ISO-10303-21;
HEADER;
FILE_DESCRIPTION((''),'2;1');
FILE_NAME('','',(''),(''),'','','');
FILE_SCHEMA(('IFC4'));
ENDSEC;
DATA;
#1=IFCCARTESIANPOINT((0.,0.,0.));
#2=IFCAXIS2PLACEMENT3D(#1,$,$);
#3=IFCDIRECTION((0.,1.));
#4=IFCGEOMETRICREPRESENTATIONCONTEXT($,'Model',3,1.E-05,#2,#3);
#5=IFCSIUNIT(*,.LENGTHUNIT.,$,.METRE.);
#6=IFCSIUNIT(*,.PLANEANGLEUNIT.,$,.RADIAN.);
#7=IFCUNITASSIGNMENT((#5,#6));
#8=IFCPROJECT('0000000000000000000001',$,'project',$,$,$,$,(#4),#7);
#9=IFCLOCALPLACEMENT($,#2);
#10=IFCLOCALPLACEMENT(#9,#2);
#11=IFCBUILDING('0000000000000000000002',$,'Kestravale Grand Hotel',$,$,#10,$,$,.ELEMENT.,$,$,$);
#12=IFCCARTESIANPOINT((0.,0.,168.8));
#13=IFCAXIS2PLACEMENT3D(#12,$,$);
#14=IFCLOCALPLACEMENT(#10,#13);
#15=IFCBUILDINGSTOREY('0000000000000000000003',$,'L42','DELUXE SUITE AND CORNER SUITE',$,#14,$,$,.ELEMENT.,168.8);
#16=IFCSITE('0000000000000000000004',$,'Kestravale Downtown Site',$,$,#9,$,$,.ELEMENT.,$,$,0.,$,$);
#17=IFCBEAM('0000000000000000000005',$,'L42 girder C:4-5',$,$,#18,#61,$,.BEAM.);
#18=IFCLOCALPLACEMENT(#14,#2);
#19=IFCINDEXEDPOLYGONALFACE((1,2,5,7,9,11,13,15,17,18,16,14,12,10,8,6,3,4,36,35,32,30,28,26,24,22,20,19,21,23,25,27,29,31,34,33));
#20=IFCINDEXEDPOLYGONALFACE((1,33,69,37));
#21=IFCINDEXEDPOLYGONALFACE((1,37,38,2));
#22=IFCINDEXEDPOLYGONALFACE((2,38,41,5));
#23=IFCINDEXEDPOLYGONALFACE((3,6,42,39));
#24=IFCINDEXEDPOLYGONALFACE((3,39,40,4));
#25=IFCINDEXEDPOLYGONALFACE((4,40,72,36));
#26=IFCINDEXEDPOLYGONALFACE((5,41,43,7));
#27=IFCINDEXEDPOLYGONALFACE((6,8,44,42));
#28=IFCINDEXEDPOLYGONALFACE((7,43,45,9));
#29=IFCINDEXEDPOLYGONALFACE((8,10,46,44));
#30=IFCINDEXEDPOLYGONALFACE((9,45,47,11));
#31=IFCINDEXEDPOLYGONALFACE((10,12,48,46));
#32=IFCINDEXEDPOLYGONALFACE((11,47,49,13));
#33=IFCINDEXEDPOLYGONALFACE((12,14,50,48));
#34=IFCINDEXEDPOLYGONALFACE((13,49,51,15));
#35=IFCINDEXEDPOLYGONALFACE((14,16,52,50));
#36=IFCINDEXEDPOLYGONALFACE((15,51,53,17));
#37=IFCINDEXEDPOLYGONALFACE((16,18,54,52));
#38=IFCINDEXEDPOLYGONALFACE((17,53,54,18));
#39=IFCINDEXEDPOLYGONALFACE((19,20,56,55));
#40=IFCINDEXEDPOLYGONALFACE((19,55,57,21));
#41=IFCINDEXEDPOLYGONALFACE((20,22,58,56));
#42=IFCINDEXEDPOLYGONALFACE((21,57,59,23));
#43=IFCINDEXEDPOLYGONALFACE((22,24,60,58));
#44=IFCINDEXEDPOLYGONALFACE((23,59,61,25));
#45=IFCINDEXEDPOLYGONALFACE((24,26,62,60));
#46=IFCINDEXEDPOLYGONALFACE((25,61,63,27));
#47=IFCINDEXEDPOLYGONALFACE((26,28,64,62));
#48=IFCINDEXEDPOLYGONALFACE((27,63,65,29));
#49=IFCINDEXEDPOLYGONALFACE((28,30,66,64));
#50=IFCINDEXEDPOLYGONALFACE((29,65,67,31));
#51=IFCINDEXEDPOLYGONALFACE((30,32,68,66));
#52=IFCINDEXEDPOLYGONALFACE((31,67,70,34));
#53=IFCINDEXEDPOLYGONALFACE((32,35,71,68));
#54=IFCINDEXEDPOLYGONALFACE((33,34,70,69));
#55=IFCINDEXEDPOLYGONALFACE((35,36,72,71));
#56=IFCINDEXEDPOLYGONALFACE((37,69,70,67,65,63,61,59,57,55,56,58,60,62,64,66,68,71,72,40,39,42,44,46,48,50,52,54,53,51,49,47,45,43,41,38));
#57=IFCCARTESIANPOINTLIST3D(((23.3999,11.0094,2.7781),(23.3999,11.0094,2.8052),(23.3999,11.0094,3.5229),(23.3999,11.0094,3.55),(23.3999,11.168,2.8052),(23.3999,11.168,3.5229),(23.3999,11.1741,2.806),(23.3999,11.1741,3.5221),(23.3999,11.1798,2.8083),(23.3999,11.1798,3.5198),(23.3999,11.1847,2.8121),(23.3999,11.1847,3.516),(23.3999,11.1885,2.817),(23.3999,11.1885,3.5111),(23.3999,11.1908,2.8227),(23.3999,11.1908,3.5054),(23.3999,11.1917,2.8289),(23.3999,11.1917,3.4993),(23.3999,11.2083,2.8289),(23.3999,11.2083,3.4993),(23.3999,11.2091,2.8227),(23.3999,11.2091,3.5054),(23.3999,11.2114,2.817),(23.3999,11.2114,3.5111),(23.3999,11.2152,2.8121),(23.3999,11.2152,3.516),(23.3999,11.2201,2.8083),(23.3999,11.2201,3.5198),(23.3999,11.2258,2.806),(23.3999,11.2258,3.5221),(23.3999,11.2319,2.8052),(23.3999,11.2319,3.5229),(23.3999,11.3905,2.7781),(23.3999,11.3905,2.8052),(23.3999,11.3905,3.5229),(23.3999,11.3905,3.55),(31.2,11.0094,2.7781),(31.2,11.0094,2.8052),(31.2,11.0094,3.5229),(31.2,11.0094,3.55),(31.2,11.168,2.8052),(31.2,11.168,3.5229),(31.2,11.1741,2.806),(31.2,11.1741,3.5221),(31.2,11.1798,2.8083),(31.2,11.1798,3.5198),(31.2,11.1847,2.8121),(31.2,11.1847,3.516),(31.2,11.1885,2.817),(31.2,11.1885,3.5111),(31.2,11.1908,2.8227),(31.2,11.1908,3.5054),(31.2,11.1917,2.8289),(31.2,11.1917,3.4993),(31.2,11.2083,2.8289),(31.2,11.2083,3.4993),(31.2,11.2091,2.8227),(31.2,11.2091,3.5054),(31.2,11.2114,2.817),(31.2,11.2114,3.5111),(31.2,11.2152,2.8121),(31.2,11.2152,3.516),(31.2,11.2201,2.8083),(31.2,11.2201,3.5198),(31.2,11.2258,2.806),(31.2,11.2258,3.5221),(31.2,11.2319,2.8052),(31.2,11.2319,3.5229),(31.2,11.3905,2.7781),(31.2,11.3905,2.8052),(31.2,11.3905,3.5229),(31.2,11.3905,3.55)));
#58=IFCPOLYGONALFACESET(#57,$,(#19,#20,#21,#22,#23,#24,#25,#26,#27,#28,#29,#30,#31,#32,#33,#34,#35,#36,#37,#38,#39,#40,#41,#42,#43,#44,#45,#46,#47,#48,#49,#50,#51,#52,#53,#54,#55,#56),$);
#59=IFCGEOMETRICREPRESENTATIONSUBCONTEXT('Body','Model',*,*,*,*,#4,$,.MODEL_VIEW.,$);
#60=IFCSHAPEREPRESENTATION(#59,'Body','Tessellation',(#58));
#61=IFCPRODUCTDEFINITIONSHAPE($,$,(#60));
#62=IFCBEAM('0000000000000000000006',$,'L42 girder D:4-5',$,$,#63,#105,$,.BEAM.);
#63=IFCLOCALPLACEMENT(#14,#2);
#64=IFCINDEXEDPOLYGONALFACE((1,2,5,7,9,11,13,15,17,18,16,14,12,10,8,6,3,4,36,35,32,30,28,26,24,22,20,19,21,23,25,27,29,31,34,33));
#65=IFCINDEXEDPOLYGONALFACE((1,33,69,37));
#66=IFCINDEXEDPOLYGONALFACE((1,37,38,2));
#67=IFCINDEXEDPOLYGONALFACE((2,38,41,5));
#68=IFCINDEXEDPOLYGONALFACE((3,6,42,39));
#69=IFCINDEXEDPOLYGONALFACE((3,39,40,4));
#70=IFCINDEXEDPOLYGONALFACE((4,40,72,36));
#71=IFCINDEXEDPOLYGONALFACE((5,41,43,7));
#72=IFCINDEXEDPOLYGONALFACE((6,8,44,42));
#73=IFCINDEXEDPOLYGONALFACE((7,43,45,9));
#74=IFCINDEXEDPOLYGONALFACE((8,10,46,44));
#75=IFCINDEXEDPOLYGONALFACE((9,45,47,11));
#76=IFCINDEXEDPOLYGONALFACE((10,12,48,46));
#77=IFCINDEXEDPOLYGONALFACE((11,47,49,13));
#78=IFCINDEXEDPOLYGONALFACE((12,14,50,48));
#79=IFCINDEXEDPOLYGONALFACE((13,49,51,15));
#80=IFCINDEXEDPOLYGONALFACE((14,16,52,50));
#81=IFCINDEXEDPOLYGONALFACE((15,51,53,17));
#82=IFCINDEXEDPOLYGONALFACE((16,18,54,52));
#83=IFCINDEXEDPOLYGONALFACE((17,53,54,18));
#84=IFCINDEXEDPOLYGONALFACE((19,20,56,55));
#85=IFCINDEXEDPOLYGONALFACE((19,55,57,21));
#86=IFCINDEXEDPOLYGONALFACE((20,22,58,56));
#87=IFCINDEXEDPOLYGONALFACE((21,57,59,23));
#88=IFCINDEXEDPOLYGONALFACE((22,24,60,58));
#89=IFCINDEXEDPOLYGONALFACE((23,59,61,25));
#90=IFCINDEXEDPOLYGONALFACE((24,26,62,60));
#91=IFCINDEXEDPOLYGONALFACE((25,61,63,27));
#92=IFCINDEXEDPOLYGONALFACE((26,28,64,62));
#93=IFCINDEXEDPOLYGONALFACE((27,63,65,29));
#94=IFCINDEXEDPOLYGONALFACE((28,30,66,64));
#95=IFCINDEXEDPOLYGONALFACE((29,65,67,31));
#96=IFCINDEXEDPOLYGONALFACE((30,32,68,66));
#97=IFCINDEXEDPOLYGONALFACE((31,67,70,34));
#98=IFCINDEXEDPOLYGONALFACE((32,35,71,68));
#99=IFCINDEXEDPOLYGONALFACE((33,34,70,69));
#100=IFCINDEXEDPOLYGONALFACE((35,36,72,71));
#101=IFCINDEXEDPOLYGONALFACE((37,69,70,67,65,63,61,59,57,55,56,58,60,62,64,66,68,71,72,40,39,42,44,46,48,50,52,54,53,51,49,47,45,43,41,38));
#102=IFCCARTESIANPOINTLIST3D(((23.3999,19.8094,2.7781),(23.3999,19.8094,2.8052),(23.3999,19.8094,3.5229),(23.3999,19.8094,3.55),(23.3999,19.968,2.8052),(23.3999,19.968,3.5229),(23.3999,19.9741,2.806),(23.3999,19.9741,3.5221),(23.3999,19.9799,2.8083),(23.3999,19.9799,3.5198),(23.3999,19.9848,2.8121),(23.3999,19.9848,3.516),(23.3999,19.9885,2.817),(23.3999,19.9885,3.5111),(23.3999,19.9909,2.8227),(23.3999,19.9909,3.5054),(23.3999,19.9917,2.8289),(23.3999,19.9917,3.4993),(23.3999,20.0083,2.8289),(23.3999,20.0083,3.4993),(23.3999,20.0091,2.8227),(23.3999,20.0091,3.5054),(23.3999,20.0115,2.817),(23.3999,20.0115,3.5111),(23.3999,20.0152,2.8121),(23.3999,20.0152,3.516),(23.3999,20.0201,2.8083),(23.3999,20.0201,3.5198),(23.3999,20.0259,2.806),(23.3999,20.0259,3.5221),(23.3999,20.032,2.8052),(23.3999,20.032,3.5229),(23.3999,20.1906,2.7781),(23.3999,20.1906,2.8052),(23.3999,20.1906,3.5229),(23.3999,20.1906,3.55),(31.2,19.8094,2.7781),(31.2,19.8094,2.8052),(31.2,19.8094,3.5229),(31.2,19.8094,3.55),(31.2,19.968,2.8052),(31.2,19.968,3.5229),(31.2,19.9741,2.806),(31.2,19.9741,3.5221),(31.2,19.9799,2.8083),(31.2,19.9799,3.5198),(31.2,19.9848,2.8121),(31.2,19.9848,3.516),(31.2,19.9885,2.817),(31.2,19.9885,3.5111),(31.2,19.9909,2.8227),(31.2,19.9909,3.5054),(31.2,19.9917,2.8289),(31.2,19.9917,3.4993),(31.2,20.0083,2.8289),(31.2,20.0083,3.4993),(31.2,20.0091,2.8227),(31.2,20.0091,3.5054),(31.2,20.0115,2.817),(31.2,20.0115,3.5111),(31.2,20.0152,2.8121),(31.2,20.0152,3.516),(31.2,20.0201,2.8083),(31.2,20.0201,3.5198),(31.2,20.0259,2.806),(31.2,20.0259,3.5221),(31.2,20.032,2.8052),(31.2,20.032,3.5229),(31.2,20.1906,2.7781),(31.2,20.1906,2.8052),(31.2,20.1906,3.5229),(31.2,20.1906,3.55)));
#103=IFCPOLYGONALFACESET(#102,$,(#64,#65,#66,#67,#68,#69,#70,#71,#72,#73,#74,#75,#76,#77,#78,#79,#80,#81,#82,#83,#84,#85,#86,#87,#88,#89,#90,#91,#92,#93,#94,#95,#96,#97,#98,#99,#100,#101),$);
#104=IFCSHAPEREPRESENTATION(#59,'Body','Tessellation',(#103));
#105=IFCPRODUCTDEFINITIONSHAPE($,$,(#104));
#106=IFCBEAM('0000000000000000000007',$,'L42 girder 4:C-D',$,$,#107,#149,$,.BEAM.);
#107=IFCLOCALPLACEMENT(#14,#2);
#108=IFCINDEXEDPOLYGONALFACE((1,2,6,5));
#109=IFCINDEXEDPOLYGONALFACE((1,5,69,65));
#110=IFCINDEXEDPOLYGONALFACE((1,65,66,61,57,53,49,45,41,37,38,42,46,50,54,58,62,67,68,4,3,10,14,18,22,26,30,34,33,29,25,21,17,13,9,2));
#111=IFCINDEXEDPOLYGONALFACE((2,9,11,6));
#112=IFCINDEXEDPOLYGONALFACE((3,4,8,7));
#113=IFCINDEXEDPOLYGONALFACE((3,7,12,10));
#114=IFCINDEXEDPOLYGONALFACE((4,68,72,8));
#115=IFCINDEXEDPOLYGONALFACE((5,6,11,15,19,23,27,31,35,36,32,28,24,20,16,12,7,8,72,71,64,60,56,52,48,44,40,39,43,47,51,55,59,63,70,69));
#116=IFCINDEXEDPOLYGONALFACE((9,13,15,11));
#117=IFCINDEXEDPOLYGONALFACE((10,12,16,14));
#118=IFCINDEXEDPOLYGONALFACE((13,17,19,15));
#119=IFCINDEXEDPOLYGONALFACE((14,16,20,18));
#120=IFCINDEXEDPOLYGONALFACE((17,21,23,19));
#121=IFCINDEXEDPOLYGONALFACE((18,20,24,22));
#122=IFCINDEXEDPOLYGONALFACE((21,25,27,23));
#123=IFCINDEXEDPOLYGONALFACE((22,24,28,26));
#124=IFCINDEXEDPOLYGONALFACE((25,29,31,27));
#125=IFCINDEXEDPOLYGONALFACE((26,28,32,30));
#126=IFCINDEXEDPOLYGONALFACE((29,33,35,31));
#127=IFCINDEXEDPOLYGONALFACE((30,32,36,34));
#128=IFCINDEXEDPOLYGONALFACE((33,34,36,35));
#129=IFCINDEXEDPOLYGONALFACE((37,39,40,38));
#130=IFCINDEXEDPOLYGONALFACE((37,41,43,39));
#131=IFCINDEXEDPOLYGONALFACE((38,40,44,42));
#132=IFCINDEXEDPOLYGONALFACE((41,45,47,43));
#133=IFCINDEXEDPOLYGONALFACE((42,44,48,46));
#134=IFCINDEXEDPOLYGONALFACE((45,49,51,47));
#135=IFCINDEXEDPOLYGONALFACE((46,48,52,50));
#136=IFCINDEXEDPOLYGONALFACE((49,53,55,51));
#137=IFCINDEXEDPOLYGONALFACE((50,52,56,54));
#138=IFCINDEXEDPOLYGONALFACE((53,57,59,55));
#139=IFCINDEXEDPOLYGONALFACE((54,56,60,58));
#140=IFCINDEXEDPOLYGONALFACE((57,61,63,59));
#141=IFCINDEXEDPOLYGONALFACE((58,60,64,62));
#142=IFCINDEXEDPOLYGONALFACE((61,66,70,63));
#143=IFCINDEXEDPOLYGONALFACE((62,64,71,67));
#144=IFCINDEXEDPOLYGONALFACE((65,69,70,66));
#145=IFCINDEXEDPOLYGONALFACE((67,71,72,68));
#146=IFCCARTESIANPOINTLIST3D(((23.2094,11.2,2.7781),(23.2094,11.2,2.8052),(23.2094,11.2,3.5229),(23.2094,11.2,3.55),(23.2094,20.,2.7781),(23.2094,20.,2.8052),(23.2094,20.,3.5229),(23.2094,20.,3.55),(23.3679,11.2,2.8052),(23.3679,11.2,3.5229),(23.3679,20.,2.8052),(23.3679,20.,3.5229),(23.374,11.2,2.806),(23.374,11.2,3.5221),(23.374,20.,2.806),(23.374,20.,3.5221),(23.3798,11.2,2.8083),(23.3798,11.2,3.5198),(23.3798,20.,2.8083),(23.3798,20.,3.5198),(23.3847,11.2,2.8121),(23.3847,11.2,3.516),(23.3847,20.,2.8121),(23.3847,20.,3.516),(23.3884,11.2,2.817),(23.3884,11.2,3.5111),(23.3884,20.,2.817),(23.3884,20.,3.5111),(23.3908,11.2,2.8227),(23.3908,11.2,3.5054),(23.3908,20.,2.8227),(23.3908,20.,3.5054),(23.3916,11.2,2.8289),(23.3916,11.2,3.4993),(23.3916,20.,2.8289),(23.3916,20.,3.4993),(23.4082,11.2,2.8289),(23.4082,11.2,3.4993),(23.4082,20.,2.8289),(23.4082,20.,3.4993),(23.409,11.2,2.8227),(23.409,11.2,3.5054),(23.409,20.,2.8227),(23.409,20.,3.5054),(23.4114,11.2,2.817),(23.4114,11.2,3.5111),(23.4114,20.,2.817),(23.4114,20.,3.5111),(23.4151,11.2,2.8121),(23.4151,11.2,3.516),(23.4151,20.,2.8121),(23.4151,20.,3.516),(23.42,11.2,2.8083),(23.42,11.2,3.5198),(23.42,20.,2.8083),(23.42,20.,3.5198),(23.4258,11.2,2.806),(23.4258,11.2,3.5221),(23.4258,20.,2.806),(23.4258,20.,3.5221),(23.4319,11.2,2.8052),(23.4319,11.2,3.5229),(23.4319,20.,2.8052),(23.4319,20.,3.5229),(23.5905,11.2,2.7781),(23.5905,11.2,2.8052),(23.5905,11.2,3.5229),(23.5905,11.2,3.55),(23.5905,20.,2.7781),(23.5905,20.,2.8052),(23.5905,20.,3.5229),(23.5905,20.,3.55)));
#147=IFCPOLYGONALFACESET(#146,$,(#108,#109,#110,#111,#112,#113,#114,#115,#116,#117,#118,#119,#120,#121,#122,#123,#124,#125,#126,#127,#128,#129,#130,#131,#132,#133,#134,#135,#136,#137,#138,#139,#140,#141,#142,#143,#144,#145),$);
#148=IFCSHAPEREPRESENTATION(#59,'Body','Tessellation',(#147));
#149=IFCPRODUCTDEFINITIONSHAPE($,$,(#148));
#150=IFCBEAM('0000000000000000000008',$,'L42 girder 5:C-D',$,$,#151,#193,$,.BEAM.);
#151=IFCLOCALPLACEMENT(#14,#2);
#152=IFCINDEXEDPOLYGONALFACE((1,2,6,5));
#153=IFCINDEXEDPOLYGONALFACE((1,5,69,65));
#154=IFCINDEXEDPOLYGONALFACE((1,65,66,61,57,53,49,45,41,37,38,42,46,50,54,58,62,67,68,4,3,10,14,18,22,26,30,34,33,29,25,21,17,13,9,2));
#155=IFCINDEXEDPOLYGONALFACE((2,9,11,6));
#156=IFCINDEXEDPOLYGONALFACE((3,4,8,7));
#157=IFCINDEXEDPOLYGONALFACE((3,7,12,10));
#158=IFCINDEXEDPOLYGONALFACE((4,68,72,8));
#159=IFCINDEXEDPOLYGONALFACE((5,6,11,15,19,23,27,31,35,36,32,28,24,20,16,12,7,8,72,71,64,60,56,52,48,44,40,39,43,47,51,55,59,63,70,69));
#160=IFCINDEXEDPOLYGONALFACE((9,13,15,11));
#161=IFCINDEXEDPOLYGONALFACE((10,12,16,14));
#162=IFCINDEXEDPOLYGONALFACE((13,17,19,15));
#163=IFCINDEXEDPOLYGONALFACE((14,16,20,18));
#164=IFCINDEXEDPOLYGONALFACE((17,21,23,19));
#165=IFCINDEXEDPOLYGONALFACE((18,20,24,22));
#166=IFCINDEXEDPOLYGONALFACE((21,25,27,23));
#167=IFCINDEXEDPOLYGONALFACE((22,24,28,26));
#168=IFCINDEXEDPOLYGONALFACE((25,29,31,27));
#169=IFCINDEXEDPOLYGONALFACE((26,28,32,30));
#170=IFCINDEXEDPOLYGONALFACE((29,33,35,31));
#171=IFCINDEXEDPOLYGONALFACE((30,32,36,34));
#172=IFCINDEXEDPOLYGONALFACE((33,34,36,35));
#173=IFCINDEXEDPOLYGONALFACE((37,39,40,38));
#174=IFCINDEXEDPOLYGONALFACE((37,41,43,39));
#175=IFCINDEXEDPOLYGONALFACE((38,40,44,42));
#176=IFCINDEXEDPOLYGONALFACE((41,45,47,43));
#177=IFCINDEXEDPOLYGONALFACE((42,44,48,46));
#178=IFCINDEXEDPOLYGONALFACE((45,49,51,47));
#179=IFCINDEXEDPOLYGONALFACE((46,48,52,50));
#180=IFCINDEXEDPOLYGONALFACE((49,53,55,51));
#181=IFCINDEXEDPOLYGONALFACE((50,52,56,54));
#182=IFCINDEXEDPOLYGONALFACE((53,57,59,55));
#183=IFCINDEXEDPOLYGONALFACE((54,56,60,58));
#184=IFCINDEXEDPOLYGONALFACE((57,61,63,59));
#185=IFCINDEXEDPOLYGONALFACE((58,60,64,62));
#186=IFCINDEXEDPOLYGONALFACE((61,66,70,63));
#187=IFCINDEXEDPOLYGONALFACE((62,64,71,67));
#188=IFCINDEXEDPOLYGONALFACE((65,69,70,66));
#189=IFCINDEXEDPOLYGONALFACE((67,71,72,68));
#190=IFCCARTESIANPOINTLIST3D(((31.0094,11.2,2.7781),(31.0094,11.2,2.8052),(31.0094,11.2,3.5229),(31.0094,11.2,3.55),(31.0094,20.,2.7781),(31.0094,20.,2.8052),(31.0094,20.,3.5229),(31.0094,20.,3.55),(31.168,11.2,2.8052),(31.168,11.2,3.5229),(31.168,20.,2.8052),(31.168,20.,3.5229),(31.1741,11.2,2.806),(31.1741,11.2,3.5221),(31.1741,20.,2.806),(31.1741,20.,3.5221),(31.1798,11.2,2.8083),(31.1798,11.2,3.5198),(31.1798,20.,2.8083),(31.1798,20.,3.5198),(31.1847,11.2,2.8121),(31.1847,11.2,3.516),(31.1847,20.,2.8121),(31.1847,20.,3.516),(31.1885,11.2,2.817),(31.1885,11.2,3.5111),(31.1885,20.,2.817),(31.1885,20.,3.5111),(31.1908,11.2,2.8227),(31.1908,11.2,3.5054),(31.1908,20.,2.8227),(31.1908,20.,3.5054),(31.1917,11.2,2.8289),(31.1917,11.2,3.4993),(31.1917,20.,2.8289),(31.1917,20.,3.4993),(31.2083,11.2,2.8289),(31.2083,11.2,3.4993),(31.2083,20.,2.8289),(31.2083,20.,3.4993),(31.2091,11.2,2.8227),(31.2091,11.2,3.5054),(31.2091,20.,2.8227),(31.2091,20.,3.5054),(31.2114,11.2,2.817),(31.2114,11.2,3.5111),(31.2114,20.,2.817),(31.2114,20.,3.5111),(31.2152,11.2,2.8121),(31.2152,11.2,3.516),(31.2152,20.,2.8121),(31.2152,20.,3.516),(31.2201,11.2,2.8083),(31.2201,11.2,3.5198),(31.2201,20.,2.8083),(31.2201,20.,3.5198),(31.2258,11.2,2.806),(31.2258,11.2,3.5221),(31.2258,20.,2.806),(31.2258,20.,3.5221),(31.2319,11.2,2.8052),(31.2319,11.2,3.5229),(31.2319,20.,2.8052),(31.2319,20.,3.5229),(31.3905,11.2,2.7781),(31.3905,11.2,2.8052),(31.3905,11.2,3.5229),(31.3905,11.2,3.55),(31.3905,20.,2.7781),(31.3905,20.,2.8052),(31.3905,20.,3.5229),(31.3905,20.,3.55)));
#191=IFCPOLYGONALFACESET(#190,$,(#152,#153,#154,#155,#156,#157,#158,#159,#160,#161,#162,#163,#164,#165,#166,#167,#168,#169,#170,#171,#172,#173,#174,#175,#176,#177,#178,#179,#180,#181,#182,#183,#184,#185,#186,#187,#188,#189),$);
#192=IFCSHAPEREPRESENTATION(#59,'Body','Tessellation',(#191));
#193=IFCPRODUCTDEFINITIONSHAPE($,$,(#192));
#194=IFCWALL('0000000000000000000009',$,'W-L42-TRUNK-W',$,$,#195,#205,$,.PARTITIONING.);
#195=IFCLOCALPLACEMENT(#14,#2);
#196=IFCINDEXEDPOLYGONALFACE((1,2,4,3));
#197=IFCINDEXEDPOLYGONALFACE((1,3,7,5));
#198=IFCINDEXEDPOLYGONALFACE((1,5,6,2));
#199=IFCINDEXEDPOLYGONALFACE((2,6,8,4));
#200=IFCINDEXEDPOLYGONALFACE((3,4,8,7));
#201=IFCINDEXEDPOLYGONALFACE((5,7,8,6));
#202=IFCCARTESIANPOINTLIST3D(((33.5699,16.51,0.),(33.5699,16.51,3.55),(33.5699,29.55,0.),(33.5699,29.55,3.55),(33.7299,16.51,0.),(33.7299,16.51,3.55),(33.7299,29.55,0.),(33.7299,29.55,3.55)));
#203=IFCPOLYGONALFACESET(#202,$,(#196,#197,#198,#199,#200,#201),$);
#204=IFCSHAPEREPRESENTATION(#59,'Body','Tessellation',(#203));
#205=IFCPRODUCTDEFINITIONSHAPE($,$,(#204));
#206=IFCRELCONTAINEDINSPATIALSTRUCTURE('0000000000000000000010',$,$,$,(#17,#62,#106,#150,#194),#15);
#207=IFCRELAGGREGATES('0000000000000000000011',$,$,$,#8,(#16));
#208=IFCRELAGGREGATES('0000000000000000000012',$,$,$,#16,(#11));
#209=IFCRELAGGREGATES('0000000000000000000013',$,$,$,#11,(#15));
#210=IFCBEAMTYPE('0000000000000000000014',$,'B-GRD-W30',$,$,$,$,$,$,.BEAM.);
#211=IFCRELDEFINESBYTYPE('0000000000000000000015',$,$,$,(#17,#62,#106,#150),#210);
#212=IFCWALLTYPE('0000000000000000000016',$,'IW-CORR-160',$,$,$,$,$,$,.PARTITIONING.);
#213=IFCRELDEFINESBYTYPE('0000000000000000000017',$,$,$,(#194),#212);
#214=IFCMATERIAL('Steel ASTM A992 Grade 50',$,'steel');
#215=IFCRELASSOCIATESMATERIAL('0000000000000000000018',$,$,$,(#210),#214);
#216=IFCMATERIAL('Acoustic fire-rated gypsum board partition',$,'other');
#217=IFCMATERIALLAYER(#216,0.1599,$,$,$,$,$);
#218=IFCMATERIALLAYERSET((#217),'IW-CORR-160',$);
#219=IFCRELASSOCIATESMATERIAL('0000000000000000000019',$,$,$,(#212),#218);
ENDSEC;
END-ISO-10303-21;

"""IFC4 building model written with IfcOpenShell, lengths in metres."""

from ifc_helpers import new_model, si_unit, direction, frame, frame_2d, origin, origin_2d, place, context, subcontext, project, spatial, rectangle, i_section, extrude, material, layer, layer_set, material_profile, profile_set, type_object, element, save


model = new_model("IFC4")

# Units and contexts
model_context = context("Model", 3, precision=1e-05, world=origin(), true_north=direction((0.0, 1.0)))
body_context = subcontext(model_context, "Body", "Model", "MODEL_VIEW")
ifc_project = project(units=[si_unit("LENGTHUNIT", "METRE"), si_unit("PLANEANGLEUNIT", "RADIAN")], contexts=[model_context])

# Site, building, storey
site_placement = place(None, origin())
site = spatial("IfcSite", under=ifc_project, at=site_placement, Name="Kestravale Downtown Site", CompositionType="ELEMENT", RefElevation=0.0)
building_placement = place(site_placement, origin())
building = spatial("IfcBuilding", under=site, at=building_placement, Name="Kestravale Grand Hotel", CompositionType="ELEMENT")
storey_placement = place(building_placement, frame((0.0, 0.0, 168.8)))
storey = spatial("IfcBuildingStorey", under=building, at=storey_placement, Name="L42", Description="DELUXE SUITE AND CORNER SUITE", CompositionType="ELEMENT", Elevation=168.8)

# Beams
ifc_material_1 = material(Name="Steel ASTM A992 Grade 50", Category="steel")
ifc_material_profile_1 = material_profile(ifc_material_1, i_section(OverallWidth=0.3811, OverallDepth=0.772, WebThickness=0.0166, FlangeThickness=0.0271, FilletRadius=0.0237, at=origin_2d()))
ifc_profile_set_1 = profile_set([ifc_material_profile_1], Name="Steel ASTM A992 Grade 50")
beam_type_1 = type_object("IfcBeamType", Name="B-GRD-W30", PredefinedType="BEAM", material=ifc_profile_set_1)
for number, where, z_axis, x_axis, name in (
    (1, (23.3999, 11.2, 3.1641), (1.0, 0.0, 0.0), (0.0, 1.0, 0.0), "L42 girder C:4-5"),
    (2, (23.3999, 20.0, 3.1641), (1.0, 0.0, 0.0), (0.0, 1.0, 0.0), "L42 girder D:4-5"),
):
    element("IfcBeam", number, at=place(storey_placement, frame(where, z_axis=z_axis, x_axis=x_axis)), inside=storey, type_object=beam_type_1, Name=name, PredefinedType="BEAM", context=body_context, shape_type="SweptSolid", body=[
        extrude(i_section(OverallWidth=0.3811, OverallDepth=0.772, WebThickness=0.0166, FlangeThickness=0.0271, FilletRadius=0.0237, at=origin_2d()), origin(), (0.0, 0.0, 1.0), 7.8),
    ])
for number, where, z_axis, x_axis, name in (
    (3, (23.3999, 11.2, 3.1641), (0.0, 1.0, 0.0), (-1.0, 0.0, 0.0), "L42 girder 4:C-D"),
    (4, (31.2, 11.2, 3.1641), (0.0, 1.0, 0.0), (-1.0, 0.0, 0.0), "L42 girder 5:C-D"),
):
    element("IfcBeam", number, at=place(storey_placement, frame(where, z_axis=z_axis, x_axis=x_axis)), inside=storey, type_object=beam_type_1, Name=name, PredefinedType="BEAM", context=body_context, shape_type="SweptSolid", body=[
        extrude(i_section(OverallWidth=0.3811, OverallDepth=0.772, WebThickness=0.0166, FlangeThickness=0.0271, FilletRadius=0.0237, at=origin_2d()), origin(), (0.0, 0.0, 1.0), 8.8),
    ])

# Wall
ifc_material_2 = material(Name="Acoustic fire-rated gypsum board partition", Category="other")
ifc_layer_1 = layer(ifc_material_2, 0.1599)
ifc_layer_set_1 = layer_set([ifc_layer_1], Name="IW-CORR-160")
wall_type_1 = type_object("IfcWallType", Name="IW-CORR-160", PredefinedType="PARTITIONING", material=ifc_layer_set_1)
wall_1_placement = place(storey_placement, frame((33.6499, 16.51, 0.0), z_axis=(0.0, 0.0, 1.0), x_axis=(0.0, 1.0, 0.0)))
element("IfcWall", 5, at=wall_1_placement, inside=storey, type_object=wall_type_1, Name="W-L42-TRUNK-W", PredefinedType="PARTITIONING", context=body_context, shape_type="SweptSolid", body=[
    extrude(rectangle(XDim=13.04, YDim=0.1599, at=frame_2d((6.52, 0.0))), origin(), (0.0, 0.0, 1.0), 3.55),
])

save(model, "model.ifc")
